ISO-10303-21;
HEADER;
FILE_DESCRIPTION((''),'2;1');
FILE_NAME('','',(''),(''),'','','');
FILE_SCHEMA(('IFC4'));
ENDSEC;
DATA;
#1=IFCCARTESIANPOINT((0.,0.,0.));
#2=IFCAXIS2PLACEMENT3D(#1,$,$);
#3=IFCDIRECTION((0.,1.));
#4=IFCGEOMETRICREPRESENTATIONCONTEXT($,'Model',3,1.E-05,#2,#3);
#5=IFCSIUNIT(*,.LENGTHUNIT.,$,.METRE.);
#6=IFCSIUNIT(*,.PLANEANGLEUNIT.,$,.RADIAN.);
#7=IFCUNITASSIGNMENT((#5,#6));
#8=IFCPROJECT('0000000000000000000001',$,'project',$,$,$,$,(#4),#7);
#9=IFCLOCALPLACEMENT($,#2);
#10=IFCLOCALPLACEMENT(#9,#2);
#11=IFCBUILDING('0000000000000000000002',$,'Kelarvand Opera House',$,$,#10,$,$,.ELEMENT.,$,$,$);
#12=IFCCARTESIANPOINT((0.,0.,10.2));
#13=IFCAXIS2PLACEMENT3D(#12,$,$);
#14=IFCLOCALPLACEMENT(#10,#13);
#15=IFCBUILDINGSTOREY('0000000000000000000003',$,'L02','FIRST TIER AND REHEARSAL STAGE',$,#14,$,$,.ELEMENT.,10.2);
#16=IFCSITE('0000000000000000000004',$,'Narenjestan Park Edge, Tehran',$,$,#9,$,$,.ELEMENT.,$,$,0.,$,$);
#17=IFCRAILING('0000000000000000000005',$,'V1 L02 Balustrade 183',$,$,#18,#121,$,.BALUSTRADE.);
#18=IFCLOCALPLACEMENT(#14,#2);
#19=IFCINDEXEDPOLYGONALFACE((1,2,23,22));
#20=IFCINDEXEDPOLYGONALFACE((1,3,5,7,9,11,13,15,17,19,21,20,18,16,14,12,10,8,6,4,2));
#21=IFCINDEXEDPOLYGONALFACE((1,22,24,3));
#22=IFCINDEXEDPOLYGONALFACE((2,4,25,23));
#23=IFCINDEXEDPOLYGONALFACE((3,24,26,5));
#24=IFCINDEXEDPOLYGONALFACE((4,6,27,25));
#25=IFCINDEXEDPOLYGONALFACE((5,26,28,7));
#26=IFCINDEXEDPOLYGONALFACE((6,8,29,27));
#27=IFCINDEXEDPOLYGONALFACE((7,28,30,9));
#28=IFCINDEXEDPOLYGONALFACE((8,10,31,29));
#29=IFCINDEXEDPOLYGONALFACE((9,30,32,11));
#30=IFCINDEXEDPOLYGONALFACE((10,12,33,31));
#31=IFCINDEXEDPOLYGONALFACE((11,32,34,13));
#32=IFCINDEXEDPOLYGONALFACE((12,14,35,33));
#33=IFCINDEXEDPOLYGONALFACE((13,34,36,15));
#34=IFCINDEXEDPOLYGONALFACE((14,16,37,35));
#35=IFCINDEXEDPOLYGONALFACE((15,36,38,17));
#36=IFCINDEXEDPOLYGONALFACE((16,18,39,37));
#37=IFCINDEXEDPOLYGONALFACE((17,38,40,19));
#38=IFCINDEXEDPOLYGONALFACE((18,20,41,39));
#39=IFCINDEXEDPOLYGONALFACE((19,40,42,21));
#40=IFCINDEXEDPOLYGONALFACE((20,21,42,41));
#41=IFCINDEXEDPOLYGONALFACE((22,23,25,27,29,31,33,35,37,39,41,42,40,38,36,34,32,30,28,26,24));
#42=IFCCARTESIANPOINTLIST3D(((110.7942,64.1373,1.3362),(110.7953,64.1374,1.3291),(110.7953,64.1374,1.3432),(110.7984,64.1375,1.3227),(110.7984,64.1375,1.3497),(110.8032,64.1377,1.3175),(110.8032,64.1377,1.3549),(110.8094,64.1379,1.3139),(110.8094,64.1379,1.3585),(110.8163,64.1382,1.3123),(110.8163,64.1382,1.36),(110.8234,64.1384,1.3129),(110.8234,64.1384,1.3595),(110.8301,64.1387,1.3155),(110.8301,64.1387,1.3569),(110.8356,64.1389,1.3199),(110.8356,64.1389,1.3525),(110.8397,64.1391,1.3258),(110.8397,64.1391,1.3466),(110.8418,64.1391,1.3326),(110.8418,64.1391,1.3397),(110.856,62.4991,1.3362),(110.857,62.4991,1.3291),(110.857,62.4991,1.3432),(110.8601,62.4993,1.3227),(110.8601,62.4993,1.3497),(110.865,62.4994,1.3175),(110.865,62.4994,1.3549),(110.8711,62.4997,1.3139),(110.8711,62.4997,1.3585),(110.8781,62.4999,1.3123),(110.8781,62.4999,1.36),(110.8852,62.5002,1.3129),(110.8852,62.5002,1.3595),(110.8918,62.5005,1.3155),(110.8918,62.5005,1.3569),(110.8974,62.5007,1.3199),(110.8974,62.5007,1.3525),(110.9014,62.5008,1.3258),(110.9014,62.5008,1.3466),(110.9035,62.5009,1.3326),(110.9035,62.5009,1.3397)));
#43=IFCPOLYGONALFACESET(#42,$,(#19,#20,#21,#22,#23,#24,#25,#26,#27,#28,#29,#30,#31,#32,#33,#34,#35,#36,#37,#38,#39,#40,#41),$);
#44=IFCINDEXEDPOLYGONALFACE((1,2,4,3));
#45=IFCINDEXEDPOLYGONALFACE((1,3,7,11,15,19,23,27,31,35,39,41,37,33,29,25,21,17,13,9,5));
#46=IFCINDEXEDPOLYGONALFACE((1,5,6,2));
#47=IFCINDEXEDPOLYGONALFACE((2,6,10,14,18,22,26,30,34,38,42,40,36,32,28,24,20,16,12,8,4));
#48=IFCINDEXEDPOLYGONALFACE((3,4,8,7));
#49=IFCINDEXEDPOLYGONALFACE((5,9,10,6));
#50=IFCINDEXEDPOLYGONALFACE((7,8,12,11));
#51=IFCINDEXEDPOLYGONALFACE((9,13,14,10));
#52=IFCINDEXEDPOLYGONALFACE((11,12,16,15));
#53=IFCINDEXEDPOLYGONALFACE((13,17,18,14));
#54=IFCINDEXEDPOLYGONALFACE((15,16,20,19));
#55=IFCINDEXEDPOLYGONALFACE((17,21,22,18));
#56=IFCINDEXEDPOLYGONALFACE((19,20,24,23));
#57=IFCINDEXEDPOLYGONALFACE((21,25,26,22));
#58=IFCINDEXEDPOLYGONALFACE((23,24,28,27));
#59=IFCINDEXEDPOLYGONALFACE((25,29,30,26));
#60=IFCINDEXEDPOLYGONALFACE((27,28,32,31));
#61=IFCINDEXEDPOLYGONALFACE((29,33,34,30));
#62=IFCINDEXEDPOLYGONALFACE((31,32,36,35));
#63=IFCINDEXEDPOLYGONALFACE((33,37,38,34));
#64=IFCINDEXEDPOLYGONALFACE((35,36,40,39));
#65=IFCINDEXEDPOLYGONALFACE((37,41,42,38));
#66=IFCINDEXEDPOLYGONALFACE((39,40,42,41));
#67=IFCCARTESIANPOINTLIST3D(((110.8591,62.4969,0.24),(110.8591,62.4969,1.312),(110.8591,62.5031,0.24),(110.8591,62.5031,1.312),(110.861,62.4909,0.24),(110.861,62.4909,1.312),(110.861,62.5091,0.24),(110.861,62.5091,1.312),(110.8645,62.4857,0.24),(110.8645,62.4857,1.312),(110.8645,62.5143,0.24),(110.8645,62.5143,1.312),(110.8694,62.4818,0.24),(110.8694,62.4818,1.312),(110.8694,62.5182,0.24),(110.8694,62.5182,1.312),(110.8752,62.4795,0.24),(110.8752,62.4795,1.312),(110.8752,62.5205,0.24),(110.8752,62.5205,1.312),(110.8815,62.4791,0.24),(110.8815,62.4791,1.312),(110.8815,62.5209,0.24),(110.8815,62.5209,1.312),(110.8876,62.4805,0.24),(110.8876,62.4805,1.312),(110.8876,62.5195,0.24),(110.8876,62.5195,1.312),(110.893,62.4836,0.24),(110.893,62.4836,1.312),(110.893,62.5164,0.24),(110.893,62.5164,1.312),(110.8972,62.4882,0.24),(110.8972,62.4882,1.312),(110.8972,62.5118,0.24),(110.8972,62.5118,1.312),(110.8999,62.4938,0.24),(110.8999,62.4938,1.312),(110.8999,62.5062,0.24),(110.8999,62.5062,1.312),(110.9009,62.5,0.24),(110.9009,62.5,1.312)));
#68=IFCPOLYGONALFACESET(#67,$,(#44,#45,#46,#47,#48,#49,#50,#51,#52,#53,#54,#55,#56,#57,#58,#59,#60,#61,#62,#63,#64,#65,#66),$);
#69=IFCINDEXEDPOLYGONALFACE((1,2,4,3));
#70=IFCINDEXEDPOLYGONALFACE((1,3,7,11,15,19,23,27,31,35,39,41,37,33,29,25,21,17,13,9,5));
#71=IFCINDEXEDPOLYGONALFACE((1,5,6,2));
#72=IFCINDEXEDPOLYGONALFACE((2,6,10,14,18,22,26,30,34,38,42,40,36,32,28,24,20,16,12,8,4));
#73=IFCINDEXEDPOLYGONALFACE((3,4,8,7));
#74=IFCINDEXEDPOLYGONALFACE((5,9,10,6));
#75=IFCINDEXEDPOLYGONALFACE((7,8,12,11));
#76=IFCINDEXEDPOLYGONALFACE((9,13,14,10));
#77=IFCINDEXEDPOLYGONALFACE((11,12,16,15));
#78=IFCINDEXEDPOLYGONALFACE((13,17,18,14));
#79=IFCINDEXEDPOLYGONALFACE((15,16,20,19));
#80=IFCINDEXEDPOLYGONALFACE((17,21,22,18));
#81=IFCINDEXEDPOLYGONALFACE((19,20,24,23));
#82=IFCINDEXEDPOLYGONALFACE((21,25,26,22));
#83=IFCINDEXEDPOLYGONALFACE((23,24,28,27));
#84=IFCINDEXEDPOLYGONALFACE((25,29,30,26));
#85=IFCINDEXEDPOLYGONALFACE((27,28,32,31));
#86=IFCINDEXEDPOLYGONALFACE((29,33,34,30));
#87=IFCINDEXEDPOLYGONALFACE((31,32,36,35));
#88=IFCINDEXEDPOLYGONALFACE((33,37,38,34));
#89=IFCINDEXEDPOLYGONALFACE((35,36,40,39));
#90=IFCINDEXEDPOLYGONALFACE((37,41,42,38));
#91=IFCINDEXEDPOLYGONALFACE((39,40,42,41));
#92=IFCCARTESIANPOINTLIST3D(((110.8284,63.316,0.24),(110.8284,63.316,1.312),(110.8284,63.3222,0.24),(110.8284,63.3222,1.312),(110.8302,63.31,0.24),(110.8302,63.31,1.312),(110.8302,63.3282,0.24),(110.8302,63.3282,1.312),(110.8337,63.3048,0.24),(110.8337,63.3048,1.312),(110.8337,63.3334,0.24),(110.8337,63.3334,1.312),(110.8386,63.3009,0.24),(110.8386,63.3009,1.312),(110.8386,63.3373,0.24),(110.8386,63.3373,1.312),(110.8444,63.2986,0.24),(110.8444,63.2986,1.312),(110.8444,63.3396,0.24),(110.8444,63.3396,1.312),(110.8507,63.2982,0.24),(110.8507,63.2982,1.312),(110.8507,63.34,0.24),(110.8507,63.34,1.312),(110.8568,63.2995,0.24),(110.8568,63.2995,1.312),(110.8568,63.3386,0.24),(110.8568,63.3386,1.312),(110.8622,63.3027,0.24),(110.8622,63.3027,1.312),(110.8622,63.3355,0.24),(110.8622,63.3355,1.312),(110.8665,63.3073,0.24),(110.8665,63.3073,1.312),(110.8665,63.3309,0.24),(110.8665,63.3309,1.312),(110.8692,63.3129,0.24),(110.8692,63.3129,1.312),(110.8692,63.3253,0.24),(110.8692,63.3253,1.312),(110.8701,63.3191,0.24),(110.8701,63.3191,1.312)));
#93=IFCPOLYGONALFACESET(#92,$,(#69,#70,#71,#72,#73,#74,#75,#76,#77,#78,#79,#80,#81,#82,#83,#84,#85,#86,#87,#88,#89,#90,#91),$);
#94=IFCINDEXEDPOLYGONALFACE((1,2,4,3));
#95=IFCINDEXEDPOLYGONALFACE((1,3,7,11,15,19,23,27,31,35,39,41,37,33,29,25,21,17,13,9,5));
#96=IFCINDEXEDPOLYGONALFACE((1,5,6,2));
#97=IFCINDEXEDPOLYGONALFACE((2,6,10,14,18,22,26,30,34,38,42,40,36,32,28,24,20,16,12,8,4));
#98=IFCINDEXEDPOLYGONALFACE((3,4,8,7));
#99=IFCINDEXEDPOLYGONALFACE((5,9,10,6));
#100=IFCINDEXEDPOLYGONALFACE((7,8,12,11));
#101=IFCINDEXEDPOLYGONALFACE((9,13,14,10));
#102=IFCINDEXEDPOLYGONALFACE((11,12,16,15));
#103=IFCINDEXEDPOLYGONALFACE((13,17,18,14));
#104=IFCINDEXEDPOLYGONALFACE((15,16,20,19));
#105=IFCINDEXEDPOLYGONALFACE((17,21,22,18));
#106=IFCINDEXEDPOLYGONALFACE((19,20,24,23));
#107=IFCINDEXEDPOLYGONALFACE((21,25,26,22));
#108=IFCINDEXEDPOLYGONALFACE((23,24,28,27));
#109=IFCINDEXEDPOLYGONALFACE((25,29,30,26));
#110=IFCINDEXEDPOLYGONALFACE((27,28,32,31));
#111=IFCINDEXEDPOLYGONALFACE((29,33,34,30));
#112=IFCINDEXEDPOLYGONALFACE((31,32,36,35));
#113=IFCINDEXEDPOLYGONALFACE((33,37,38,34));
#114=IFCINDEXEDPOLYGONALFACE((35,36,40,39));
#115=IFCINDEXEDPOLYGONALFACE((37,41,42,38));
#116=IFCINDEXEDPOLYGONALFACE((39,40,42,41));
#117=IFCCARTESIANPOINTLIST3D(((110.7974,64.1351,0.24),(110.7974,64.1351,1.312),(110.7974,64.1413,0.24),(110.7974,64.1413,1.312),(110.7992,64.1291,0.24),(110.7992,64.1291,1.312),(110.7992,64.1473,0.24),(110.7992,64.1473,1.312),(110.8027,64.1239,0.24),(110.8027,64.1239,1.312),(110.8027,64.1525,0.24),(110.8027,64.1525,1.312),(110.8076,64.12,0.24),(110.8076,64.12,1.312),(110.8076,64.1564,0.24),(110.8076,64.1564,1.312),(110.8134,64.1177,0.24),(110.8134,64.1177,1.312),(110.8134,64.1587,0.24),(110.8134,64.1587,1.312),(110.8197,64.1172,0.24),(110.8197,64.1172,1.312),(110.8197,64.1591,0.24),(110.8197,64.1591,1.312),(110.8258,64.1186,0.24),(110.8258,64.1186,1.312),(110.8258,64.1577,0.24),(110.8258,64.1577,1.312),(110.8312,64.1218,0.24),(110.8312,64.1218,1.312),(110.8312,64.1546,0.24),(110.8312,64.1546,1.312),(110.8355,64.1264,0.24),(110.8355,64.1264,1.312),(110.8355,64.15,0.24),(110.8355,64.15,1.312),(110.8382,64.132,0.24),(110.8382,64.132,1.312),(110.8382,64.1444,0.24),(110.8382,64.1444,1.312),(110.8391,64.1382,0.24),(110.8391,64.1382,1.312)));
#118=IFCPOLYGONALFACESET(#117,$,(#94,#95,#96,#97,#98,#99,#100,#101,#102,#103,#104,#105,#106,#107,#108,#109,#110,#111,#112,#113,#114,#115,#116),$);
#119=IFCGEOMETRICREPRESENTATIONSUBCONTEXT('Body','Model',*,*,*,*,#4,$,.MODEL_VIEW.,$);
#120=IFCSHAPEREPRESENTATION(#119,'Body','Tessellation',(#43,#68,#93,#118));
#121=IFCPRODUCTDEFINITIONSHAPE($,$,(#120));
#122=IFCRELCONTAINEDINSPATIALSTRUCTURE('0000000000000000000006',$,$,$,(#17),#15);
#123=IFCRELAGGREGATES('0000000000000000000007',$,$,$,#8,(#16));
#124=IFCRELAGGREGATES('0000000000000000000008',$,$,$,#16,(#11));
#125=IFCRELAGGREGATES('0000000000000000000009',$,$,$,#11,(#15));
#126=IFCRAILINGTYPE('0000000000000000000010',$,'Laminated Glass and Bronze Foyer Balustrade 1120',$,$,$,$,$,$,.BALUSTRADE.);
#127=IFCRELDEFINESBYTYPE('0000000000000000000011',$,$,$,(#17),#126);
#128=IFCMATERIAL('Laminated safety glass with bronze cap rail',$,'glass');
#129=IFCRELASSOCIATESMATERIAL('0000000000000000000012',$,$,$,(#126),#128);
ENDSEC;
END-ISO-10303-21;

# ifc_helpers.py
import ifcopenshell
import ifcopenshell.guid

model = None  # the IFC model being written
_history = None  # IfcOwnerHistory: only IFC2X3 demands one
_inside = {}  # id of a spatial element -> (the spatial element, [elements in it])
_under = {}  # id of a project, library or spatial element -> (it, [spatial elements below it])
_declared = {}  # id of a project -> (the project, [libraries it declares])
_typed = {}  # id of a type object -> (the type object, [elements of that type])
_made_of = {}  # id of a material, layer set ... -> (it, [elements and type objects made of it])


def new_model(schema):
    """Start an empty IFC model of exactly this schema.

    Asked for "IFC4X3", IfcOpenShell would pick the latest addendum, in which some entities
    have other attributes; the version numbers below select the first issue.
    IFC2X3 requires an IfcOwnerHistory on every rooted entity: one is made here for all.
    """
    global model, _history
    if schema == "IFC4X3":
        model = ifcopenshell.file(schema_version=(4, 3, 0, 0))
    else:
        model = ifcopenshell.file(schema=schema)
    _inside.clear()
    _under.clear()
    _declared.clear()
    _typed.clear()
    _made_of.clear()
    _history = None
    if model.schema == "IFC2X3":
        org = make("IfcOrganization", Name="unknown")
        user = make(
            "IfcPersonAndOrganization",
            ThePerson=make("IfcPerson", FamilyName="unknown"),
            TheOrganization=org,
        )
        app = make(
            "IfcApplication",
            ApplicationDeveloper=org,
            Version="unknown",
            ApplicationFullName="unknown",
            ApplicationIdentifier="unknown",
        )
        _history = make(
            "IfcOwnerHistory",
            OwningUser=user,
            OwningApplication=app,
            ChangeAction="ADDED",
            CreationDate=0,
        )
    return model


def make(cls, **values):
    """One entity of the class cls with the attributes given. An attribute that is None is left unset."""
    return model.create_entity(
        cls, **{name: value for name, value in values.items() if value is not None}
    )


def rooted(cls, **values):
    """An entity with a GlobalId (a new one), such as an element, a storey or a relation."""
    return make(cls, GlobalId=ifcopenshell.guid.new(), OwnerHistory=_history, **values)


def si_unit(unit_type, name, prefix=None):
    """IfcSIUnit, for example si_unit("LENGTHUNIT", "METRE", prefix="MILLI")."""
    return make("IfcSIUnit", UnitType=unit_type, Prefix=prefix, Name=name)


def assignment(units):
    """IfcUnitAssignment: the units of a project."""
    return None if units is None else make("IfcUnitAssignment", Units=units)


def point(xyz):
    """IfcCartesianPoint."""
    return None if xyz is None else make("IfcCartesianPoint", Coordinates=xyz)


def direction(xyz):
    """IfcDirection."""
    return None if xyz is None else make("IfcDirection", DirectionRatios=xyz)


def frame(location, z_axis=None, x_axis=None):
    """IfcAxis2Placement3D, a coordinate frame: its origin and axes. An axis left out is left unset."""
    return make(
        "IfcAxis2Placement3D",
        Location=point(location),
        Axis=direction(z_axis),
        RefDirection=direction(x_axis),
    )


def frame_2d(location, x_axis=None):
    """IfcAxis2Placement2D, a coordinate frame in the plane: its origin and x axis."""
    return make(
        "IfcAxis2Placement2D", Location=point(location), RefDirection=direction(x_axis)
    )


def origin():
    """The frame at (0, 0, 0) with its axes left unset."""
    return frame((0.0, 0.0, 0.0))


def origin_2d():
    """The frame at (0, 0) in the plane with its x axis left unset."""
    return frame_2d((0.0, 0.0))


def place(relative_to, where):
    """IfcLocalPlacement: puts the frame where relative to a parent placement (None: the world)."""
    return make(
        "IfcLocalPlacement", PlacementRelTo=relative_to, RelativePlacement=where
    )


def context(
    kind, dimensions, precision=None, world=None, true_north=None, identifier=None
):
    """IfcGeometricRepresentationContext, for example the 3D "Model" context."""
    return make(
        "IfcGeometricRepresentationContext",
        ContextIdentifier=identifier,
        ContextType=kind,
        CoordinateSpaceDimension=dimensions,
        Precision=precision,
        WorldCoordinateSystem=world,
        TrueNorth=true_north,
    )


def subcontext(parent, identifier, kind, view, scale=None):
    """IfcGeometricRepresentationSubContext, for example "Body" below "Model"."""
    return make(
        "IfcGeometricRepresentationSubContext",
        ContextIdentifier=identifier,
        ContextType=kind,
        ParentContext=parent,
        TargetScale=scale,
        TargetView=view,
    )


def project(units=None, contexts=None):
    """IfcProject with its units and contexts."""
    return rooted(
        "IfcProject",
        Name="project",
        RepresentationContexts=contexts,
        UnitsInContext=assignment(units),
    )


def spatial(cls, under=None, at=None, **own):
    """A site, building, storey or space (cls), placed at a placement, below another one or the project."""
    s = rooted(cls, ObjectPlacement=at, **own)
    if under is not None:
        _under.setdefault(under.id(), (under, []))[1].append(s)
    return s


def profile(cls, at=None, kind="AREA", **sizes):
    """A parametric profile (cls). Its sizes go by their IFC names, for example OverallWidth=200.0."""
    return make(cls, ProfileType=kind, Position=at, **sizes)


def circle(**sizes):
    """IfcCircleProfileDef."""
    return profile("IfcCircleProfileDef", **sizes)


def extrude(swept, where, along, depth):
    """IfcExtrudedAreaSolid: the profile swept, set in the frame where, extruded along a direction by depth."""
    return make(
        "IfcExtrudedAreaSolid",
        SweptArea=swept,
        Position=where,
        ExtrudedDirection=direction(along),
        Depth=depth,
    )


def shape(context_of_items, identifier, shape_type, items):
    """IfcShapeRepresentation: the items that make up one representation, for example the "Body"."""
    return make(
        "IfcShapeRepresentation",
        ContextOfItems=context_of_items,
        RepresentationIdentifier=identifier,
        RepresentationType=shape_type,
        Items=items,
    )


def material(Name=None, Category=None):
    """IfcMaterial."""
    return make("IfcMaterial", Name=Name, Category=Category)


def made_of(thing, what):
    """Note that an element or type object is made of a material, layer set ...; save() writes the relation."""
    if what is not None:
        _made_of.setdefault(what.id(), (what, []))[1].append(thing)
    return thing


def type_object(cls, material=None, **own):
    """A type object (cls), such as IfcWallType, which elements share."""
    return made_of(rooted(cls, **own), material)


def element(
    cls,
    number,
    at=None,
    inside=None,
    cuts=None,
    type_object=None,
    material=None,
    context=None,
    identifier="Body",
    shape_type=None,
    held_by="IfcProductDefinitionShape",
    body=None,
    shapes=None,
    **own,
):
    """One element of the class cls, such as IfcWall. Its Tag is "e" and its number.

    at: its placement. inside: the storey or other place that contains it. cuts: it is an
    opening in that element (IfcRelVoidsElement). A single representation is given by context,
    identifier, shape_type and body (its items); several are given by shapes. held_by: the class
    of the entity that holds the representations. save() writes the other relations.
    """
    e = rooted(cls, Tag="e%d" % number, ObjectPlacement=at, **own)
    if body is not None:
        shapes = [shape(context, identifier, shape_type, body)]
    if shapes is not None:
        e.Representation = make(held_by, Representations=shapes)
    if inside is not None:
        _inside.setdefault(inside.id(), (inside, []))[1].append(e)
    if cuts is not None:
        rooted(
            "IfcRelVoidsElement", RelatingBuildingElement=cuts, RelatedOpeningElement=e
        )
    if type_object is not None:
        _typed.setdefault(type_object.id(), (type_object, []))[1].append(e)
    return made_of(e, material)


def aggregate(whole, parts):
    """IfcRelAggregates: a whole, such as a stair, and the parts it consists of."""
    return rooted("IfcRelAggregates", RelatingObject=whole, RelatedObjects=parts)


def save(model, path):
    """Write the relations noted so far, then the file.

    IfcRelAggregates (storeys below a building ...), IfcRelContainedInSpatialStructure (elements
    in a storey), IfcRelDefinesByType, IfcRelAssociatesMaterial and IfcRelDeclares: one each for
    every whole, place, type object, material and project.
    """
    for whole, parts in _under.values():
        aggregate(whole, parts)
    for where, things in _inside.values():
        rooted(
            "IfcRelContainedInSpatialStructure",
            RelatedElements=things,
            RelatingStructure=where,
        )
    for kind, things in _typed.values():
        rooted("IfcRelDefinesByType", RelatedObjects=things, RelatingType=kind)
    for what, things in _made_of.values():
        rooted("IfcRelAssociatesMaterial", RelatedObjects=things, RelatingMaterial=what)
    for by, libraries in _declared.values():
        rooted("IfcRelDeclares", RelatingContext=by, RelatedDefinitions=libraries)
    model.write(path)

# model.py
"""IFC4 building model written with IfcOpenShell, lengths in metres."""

from ifc_helpers import new_model, si_unit, direction, frame, origin, origin_2d, place, context, subcontext, project, spatial, circle, extrude, material, type_object, element, save


model = new_model("IFC4")

# Units and contexts
model_context = context("Model", 3, precision=1e-05, world=origin(), true_north=direction((0.0, 1.0)))
body_context = subcontext(model_context, "Body", "Model", "MODEL_VIEW")
ifc_project = project(units=[si_unit("LENGTHUNIT", "METRE"), si_unit("PLANEANGLEUNIT", "RADIAN")], contexts=[model_context])

# Site, building, storey
site_placement = place(None, origin())
site = spatial("IfcSite", under=ifc_project, at=site_placement, Name="Narenjestan Park Edge, Tehran", CompositionType="ELEMENT", RefElevation=0.0)
building_placement = place(site_placement, origin())
building = spatial("IfcBuilding", under=site, at=building_placement, Name="Kelarvand Opera House", CompositionType="ELEMENT")
storey_placement = place(building_placement, frame((0.0, 0.0, 10.2)))
storey = spatial("IfcBuildingStorey", under=building, at=storey_placement, Name="L02", Description="FIRST TIER AND REHEARSAL STAGE", CompositionType="ELEMENT", Elevation=10.2)

# Railing
ifc_material_1 = material(Name="Laminated safety glass with bronze cap rail", Category="glass")
railing_type = type_object("IfcRailingType", Name="Laminated Glass and Bronze Foyer Balustrade 1120", PredefinedType="BALUSTRADE", material=ifc_material_1)
railing_1_placement = place(storey_placement, frame((110.8799, 62.5, 0.24)))
element("IfcRailing", 1, at=railing_1_placement, inside=storey, type_object=railing_type, Name="V1 L02 Balustrade 183", PredefinedType="BALUSTRADE", context=body_context, shape_type="SweptSolid", body=[
    extrude(circle(Radius=0.0239, at=origin_2d()), frame((0.0, 0.0, 1.0962), z_axis=(-0.037678, 0.99929, 0.0), x_axis=(-0.99929, -0.037678, 0.0)), (0.0, 0.0, 1.0), 1.6394),
    extrude(circle(Radius=0.021, at=origin_2d()), origin(), (0.0, 0.0, 1.0), 1.072),
    extrude(circle(Radius=0.021, at=origin_2d()), frame((-0.0308, 0.8191, 0.0)), (0.0, 0.0, 1.0), 1.072),
    extrude(circle(Radius=0.021, at=origin_2d()), frame((-0.0618, 1.6382, 0.0)), (0.0, 0.0, 1.0), 1.072),
])

save(model, "model.ifc")
